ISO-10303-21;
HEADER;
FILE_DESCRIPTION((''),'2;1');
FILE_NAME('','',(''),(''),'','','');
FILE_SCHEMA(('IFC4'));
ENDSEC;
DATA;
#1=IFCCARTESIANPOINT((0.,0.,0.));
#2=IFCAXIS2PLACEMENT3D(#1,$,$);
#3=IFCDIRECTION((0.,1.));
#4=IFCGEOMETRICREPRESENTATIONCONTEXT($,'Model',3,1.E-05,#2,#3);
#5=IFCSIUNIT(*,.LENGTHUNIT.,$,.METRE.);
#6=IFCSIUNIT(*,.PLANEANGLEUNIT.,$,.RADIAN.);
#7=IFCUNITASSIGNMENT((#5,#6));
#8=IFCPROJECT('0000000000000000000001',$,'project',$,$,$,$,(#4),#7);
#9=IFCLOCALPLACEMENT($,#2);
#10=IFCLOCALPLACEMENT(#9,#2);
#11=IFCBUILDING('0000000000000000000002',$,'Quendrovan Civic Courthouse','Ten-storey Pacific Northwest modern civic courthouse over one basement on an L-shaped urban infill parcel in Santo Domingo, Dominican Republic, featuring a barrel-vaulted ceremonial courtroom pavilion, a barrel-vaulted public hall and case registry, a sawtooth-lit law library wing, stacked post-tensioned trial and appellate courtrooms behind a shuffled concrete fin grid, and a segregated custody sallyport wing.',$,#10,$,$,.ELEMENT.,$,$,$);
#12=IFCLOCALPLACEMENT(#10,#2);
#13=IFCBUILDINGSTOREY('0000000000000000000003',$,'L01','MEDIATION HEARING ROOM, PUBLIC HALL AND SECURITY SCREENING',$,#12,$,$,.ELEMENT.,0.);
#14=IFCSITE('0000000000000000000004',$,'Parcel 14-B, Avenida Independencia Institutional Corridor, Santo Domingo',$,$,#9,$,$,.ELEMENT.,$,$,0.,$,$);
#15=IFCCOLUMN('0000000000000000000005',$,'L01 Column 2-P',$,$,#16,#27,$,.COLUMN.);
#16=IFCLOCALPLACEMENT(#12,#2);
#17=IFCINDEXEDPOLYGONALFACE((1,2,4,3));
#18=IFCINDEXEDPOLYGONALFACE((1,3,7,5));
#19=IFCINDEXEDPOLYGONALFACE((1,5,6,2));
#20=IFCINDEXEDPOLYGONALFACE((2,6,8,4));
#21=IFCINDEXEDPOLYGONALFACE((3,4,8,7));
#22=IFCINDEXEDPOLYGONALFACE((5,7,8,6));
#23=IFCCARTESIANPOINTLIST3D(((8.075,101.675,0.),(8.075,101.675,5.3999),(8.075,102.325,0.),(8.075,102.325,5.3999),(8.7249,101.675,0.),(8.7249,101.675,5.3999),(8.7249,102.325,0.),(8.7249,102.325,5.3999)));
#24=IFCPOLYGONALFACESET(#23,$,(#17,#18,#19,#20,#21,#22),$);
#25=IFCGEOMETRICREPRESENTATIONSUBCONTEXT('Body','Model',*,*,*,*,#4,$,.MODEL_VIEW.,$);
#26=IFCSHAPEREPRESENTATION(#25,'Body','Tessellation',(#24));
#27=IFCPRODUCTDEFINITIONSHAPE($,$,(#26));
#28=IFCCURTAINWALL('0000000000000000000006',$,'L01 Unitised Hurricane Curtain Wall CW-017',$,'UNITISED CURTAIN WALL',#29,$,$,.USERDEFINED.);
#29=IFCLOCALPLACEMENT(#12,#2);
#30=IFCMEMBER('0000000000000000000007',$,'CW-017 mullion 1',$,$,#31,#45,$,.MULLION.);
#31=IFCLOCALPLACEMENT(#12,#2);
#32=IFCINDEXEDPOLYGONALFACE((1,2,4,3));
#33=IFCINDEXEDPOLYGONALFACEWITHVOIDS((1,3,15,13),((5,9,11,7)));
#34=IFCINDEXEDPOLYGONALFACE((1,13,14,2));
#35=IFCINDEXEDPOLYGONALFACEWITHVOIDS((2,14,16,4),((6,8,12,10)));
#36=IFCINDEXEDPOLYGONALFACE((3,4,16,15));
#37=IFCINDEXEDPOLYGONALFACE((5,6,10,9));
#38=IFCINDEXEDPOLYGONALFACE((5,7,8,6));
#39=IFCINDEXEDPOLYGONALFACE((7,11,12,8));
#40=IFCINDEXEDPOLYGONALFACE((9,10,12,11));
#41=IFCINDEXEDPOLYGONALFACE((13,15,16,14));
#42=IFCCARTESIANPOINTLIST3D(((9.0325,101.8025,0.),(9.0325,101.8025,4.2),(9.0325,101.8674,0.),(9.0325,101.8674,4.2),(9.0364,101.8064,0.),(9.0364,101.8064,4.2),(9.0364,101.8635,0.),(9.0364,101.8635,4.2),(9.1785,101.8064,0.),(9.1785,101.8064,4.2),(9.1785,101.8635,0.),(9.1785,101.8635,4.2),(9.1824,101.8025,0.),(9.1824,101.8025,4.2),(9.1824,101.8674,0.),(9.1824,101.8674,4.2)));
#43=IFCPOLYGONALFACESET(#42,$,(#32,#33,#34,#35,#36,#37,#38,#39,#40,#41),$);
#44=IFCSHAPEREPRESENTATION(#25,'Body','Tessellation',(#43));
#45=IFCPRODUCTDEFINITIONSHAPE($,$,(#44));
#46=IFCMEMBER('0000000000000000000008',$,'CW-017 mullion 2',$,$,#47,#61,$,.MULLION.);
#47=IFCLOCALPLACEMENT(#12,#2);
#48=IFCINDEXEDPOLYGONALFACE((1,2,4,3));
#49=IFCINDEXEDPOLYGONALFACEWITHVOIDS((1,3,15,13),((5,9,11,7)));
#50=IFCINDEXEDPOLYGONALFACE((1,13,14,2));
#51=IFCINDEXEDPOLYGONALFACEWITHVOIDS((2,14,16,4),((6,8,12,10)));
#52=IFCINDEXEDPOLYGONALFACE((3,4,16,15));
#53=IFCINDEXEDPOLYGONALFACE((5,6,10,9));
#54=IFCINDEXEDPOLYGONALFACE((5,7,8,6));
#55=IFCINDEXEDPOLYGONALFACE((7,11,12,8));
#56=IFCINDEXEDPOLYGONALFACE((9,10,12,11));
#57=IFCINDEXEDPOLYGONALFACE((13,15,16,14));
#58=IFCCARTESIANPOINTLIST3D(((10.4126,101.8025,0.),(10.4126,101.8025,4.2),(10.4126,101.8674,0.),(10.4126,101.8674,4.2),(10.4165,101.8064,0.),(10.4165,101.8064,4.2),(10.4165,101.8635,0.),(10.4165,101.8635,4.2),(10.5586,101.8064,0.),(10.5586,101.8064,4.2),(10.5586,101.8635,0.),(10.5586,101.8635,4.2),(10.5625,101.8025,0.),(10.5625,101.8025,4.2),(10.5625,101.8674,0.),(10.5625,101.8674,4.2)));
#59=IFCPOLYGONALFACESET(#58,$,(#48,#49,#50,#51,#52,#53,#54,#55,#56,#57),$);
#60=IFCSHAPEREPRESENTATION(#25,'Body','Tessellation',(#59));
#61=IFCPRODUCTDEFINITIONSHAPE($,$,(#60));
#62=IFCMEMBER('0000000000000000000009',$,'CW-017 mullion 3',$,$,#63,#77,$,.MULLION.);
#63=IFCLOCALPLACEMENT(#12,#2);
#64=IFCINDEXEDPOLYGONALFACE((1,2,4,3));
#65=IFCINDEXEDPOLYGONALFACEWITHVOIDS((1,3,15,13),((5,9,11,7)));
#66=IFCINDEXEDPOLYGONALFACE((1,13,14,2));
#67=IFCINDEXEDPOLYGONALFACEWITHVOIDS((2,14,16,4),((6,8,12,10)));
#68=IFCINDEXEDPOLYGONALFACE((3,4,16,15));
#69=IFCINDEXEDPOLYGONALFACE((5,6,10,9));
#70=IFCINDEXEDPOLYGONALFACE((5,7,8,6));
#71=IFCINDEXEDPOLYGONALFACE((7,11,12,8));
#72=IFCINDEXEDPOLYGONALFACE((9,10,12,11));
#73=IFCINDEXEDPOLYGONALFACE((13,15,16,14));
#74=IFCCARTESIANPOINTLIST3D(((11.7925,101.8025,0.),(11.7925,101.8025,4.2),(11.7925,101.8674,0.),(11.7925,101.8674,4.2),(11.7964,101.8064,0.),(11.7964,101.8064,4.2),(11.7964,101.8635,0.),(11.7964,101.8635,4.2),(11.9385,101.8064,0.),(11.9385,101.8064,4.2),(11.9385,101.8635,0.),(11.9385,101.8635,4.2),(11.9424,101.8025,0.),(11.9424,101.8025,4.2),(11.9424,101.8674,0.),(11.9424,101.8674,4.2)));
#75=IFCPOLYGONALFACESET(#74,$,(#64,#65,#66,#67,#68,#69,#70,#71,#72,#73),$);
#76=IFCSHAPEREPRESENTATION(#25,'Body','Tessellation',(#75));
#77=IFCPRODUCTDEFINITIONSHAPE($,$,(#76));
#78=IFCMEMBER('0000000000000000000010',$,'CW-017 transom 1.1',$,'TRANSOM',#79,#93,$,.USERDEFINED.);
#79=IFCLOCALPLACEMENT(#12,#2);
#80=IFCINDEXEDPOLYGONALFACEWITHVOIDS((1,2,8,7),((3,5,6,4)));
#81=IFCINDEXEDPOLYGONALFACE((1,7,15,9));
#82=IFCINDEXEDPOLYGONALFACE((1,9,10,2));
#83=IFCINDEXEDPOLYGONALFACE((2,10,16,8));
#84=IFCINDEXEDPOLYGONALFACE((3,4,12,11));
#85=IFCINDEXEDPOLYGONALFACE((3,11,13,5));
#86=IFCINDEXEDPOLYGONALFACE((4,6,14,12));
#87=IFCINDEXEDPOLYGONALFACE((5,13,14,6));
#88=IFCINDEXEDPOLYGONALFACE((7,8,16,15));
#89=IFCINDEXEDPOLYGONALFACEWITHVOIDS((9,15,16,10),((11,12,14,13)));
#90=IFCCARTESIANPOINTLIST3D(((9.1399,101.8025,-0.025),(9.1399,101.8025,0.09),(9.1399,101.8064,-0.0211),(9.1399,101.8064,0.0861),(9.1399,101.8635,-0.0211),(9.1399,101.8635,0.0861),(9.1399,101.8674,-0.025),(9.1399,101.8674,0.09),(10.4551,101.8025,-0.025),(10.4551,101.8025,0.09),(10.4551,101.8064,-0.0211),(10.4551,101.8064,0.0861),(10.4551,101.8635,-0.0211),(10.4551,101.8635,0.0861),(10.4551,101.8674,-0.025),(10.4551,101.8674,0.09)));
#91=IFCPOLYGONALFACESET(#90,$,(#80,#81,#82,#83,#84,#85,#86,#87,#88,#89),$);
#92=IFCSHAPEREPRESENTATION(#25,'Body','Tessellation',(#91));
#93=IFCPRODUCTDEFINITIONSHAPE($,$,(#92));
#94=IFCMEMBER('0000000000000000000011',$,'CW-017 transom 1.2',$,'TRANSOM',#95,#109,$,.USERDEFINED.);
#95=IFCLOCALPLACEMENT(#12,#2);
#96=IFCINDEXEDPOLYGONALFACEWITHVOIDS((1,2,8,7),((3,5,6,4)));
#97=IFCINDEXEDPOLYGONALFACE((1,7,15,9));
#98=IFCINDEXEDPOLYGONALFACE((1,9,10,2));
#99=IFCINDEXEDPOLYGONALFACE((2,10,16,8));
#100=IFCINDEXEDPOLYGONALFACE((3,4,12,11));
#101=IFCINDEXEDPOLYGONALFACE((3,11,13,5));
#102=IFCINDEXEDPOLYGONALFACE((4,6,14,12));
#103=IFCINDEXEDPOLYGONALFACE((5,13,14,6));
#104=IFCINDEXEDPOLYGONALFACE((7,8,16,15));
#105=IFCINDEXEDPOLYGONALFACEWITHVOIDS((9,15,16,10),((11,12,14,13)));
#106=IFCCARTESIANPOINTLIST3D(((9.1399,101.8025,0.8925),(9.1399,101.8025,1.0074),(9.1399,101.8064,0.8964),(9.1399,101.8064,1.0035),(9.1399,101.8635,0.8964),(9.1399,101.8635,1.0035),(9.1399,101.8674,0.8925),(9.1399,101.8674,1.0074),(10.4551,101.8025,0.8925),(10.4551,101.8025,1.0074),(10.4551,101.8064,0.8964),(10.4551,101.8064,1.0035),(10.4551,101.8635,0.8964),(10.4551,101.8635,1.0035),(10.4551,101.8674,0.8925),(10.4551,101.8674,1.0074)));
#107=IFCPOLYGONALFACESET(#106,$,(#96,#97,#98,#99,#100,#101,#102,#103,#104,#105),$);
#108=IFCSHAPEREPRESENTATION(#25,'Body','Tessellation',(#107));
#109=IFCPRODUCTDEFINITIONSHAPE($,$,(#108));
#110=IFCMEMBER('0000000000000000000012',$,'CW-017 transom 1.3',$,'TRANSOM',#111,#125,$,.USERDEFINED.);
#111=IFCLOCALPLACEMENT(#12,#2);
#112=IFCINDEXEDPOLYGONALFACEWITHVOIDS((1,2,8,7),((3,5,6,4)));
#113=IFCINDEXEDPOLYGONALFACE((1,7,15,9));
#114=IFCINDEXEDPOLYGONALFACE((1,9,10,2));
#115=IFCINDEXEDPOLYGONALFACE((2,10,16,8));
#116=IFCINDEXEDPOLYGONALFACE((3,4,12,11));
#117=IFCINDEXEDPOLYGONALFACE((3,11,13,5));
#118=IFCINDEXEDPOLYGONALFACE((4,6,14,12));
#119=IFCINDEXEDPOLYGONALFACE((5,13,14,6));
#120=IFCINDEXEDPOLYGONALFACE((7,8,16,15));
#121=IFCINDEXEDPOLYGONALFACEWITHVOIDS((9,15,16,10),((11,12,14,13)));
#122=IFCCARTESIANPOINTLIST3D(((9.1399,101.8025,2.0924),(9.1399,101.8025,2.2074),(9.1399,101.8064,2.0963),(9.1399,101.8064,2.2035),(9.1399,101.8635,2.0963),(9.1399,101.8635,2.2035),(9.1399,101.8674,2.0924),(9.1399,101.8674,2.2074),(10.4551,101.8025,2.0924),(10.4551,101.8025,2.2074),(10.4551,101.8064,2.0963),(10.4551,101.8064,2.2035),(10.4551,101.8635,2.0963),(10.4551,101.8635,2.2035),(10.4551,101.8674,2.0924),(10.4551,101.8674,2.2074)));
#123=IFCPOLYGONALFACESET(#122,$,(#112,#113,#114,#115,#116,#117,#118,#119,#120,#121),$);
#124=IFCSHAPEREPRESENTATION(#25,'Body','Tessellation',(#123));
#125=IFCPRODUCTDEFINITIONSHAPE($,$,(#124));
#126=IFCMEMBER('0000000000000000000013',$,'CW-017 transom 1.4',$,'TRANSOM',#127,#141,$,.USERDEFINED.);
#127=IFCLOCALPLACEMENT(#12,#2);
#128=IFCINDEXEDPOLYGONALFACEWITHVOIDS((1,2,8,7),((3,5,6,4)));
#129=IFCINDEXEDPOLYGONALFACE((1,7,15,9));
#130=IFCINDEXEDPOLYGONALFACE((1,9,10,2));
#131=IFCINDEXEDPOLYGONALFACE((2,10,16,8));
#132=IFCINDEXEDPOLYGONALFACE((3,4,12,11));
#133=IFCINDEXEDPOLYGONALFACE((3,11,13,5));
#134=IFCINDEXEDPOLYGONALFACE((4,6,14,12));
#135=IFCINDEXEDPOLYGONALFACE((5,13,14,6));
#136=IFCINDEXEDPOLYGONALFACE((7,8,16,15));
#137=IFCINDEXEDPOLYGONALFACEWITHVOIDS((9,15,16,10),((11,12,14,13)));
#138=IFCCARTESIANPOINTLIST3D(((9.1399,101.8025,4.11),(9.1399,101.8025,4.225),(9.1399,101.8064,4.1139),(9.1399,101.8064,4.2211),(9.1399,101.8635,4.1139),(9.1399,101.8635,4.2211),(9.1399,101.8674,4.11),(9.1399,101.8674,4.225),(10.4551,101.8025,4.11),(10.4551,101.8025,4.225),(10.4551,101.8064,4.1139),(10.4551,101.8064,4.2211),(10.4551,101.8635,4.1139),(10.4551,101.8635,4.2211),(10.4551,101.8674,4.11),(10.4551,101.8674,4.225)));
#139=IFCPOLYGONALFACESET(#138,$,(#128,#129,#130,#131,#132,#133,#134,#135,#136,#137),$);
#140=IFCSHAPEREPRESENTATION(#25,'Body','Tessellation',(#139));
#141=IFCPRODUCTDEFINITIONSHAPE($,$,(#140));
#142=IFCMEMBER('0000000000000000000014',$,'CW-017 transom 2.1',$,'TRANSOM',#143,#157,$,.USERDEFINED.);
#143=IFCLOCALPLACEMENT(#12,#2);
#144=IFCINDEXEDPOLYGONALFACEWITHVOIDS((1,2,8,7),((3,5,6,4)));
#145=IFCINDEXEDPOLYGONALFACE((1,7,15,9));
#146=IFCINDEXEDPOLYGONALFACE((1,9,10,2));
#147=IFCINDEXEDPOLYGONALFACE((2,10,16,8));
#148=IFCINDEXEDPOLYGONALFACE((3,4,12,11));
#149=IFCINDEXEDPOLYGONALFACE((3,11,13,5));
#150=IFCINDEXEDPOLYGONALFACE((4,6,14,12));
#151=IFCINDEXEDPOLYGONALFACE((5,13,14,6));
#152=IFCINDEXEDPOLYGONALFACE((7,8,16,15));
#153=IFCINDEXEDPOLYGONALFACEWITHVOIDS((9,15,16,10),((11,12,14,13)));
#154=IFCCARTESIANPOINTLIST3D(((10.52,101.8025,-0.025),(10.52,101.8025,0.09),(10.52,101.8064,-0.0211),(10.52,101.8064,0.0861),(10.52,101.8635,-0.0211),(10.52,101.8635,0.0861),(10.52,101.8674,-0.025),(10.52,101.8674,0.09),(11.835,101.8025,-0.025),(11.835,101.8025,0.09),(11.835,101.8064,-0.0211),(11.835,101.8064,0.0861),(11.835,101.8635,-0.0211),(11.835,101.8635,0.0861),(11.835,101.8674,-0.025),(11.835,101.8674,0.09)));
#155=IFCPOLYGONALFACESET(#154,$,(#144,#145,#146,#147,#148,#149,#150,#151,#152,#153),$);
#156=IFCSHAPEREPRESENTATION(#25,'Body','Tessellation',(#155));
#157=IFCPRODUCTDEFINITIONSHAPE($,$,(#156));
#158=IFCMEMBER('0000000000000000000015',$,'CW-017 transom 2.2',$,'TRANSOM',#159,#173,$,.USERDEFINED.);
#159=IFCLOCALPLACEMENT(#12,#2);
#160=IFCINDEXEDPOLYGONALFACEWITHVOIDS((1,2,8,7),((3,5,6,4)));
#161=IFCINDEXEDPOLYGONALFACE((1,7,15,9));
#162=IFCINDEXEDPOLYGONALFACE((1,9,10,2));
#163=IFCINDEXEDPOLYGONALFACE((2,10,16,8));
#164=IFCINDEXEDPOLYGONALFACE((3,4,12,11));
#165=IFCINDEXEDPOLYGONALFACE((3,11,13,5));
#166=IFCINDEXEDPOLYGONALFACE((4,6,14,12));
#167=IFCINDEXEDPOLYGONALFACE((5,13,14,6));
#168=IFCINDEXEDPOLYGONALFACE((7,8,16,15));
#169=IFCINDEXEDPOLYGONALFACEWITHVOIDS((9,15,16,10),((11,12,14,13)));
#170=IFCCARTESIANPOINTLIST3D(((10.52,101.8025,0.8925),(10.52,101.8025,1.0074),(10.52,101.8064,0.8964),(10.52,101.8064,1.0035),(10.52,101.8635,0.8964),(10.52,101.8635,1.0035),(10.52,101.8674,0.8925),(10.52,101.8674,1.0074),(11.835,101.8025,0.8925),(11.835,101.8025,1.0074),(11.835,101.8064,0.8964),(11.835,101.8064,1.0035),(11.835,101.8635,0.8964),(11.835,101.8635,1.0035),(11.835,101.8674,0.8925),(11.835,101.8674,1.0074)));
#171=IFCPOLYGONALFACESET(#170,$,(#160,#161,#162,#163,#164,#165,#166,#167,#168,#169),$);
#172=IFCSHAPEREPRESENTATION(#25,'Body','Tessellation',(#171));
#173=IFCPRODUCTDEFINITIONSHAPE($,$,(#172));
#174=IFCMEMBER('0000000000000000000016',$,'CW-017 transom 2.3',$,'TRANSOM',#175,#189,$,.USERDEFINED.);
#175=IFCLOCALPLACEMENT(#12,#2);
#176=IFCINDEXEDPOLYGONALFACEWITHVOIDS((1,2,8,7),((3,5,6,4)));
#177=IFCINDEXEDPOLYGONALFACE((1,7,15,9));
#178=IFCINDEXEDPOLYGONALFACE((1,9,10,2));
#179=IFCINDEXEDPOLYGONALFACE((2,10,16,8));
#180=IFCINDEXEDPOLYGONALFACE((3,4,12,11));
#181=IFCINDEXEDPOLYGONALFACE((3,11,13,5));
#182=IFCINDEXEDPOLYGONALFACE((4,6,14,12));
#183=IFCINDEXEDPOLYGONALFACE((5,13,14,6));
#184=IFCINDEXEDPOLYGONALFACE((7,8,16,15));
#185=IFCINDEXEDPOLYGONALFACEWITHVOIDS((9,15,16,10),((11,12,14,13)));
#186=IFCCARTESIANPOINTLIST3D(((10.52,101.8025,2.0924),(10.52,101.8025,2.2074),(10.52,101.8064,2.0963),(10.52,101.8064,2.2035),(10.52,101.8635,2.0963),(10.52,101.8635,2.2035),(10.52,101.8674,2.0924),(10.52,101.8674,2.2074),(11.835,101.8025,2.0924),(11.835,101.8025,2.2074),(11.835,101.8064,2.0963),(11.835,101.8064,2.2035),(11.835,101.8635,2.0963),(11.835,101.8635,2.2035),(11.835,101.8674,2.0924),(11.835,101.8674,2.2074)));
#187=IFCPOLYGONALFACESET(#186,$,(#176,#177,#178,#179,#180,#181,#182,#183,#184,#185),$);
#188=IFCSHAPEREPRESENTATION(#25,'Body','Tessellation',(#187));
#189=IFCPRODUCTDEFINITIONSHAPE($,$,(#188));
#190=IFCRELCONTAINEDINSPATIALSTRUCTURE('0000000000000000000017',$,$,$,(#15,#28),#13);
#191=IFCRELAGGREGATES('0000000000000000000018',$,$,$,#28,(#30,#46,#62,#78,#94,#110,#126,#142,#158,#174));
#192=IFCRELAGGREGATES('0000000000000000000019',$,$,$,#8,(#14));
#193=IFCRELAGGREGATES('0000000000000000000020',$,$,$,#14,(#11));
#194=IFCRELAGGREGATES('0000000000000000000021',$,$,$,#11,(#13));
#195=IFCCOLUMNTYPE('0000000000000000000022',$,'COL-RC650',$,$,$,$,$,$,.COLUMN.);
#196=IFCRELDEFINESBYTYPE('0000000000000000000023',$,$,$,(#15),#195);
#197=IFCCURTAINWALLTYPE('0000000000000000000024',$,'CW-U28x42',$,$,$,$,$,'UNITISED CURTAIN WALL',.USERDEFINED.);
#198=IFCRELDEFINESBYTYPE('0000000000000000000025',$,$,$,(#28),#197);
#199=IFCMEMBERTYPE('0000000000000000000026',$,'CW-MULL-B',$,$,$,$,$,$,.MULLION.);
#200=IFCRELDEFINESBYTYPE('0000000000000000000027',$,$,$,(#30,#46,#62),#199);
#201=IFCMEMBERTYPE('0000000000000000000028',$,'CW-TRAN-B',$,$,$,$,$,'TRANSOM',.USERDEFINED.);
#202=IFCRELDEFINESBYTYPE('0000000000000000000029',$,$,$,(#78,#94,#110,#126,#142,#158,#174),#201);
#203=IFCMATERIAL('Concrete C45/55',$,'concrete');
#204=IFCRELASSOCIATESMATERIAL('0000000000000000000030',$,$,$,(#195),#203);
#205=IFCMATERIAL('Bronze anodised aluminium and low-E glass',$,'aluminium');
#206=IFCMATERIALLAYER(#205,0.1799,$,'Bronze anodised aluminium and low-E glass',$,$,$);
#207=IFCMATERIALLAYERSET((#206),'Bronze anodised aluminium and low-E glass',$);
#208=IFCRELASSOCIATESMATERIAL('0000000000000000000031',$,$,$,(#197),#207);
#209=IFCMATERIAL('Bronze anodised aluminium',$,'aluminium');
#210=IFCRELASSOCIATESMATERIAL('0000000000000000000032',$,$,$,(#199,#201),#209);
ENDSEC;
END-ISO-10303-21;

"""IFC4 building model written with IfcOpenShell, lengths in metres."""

from ifc_helpers import new_model, si_unit, direction, frame, origin, origin_2d, place, context, subcontext, project, spatial, rectangle, hollow_rectangle, extrude, material, layer, layer_set, material_profile, profile_set, type_object, element, aggregate, save


model = new_model("IFC4")

# Units and contexts
model_context = context("Model", 3, precision=1e-05, world=origin(), true_north=direction((0.0, 1.0)))
body_context = subcontext(model_context, "Body", "Model", "MODEL_VIEW")
ifc_project = project(units=[si_unit("LENGTHUNIT", "METRE"), si_unit("PLANEANGLEUNIT", "RADIAN")], contexts=[model_context])

# Site, building, storey
site_placement = place(None, origin())
site = spatial("IfcSite", under=ifc_project, at=site_placement, Name="Parcel 14-B, Avenida Independencia Institutional Corridor, Santo Domingo", CompositionType="ELEMENT", RefElevation=0.0)
building_placement = place(site_placement, origin())
building = spatial("IfcBuilding", under=site, at=building_placement, Name="Quendrovan Civic Courthouse", Description="Ten-storey Pacific Northwest modern civic courthouse over one basement on an L-shaped urban infill parcel in Santo Domingo, Dominican Republic, featuring a barrel-vaulted ceremonial courtroom pavilion, a barrel-vaulted public hall and case registry, a sawtooth-lit law library wing, stacked post-tensioned trial and appellate courtrooms behind a shuffled concrete fin grid, and a segregated custody sallyport wing.", CompositionType="ELEMENT")
storey_placement = place(building_placement, origin())
storey = spatial("IfcBuildingStorey", under=building, at=storey_placement, Name="L01", Description="MEDIATION HEARING ROOM, PUBLIC HALL AND SECURITY SCREENING", CompositionType="ELEMENT", Elevation=0.0)

# Column
ifc_material_1 = material(Name="Concrete C45/55", Category="concrete")
ifc_material_profile_1 = material_profile(ifc_material_1, rectangle(XDim=0.6499, YDim=0.6499, at=origin_2d()), Name="RC-COL-650x650")
ifc_profile_set_1 = profile_set([ifc_material_profile_1], Name="Concrete C45/55")
column_type = type_object("IfcColumnType", Name="COL-RC650", PredefinedType="COLUMN", material=ifc_profile_set_1)
column_placement = place(storey_placement, frame((8.3999, 102.0, 0.0), z_axis=(0.0, 0.0, 1.0), x_axis=(1.0, 0.0, 0.0)))
element("IfcColumn", 1, at=column_placement, inside=storey, type_object=column_type, Name="L01 Column 2-P", PredefinedType="COLUMN", context=body_context, shape_type="SweptSolid", body=[
    extrude(rectangle(XDim=0.6499, YDim=0.6499, at=origin_2d()), origin(), (0.0, 0.0, 1.0), 5.3999),
])

# Curtain wall, members
ifc_material_2 = material(Name="Bronze anodised aluminium and low-E glass", Category="aluminium")
ifc_layer_1 = layer(ifc_material_2, 0.1799, Name="Bronze anodised aluminium and low-E glass")
ifc_layer_set_1 = layer_set([ifc_layer_1], Name="Bronze anodised aluminium and low-E glass")
curtain_wall_type = type_object("IfcCurtainWallType", Name="CW-U28x42", ElementType="UNITISED CURTAIN WALL", PredefinedType="USERDEFINED", material=ifc_layer_set_1)
curtain_wall_placement = place(storey_placement, origin())
curtain_wall = element("IfcCurtainWall", 2, at=curtain_wall_placement, inside=storey, type_object=curtain_wall_type, Name="L01 Unitised Hurricane Curtain Wall CW-017", ObjectType="UNITISED CURTAIN WALL", PredefinedType="USERDEFINED")
ifc_material_3 = material(Name="Bronze anodised aluminium", Category="aluminium")
ifc_material_profile_2 = material_profile(ifc_material_3, hollow_rectangle(XDim=0.0649, YDim=0.1499, WallThickness=0.0039, at=origin_2d()), Name="CW-MULL-65x150")
ifc_profile_set_2 = profile_set([ifc_material_profile_2], Name="Bronze anodised aluminium")
member_type_1 = type_object("IfcMemberType", Name="CW-MULL-B", PredefinedType="MULLION", material=ifc_profile_set_2)
member_1_placement = place(storey_placement, frame((9.1074, 101.835, 0.0), z_axis=(0.0, 0.0, 1.0), x_axis=(0.0, 1.0, 0.0)))
member_1 = element("IfcMember", 3, at=member_1_placement, type_object=member_type_1, Name="CW-017 mullion 1", PredefinedType="MULLION", context=body_context, shape_type="SweptSolid", body=[
    extrude(hollow_rectangle(XDim=0.0649, YDim=0.1499, WallThickness=0.0039, at=origin_2d()), origin(), (0.0, 0.0, 1.0), 4.2),
])
member_2_placement = place(storey_placement, frame((10.4875, 101.835, 0.0), z_axis=(0.0, 0.0, 1.0), x_axis=(0.0, 1.0, 0.0)))
member_2 = element("IfcMember", 4, at=member_2_placement, type_object=member_type_1, Name="CW-017 mullion 2", PredefinedType="MULLION", context=body_context, shape_type="SweptSolid", body=[
    extrude(hollow_rectangle(XDim=0.0649, YDim=0.1499, WallThickness=0.0039, at=origin_2d()), origin(), (0.0, 0.0, 1.0), 4.2),
])
member_3_placement = place(storey_placement, frame((11.8674, 101.835, 0.0), z_axis=(0.0, 0.0, 1.0), x_axis=(0.0, 1.0, 0.0)))
member_3 = element("IfcMember", 5, at=member_3_placement, type_object=member_type_1, Name="CW-017 mullion 3", PredefinedType="MULLION", context=body_context, shape_type="SweptSolid", body=[
    extrude(hollow_rectangle(XDim=0.0649, YDim=0.1499, WallThickness=0.0039, at=origin_2d()), origin(), (0.0, 0.0, 1.0), 4.2),
])
ifc_material_profile_3 = material_profile(ifc_material_3, hollow_rectangle(XDim=0.0649, YDim=0.115, WallThickness=0.0039, at=origin_2d()), Name="CW-TRAN-65x115")
ifc_profile_set_3 = profile_set([ifc_material_profile_3], Name="Bronze anodised aluminium")
member_type_2 = type_object("IfcMemberType", Name="CW-TRAN-B", ElementType="TRANSOM", PredefinedType="USERDEFINED", material=ifc_profile_set_3)
member_4_placement = place(storey_placement, frame((9.1399, 101.835, 0.0325), z_axis=(1.0, 0.0, 0.0), x_axis=(0.0, 1.0, 0.0)))
member_4 = element("IfcMember", 6, at=member_4_placement, type_object=member_type_2, Name="CW-017 transom 1.1", ObjectType="TRANSOM", PredefinedType="USERDEFINED", context=body_context, shape_type="SweptSolid", body=[
    extrude(hollow_rectangle(XDim=0.0649, YDim=0.115, WallThickness=0.0039, at=origin_2d()), origin(), (0.0, 0.0, 1.0), 1.3152),
])
member_5_placement = place(storey_placement, frame((9.1399, 101.835, 0.95), z_axis=(1.0, 0.0, 0.0), x_axis=(0.0, 1.0, 0.0)))
member_5 = element("IfcMember", 7, at=member_5_placement, type_object=member_type_2, Name="CW-017 transom 1.2", ObjectType="TRANSOM", PredefinedType="USERDEFINED", context=body_context, shape_type="SweptSolid", body=[
    extrude(hollow_rectangle(XDim=0.0649, YDim=0.115, WallThickness=0.0039, at=origin_2d()), origin(), (0.0, 0.0, 1.0), 1.3152),
])
member_6_placement = place(storey_placement, frame((9.1399, 101.835, 2.1499), z_axis=(1.0, 0.0, 0.0), x_axis=(0.0, 1.0, 0.0)))
member_6 = element("IfcMember", 8, at=member_6_placement, type_object=member_type_2, Name="CW-017 transom 1.3", ObjectType="TRANSOM", PredefinedType="USERDEFINED", context=body_context, shape_type="SweptSolid", body=[
    extrude(hollow_rectangle(XDim=0.0649, YDim=0.115, WallThickness=0.0039, at=origin_2d()), origin(), (0.0, 0.0, 1.0), 1.3152),
])
member_7_placement = place(storey_placement, frame((9.1399, 101.835, 4.1675), z_axis=(1.0, 0.0, 0.0), x_axis=(0.0, 1.0, 0.0)))
member_7 = element("IfcMember", 9, at=member_7_placement, type_object=member_type_2, Name="CW-017 transom 1.4", ObjectType="TRANSOM", PredefinedType="USERDEFINED", context=body_context, shape_type="SweptSolid", body=[
    extrude(hollow_rectangle(XDim=0.0649, YDim=0.115, WallThickness=0.0039, at=origin_2d()), origin(), (0.0, 0.0, 1.0), 1.3152),
])
member_8_placement = place(storey_placement, frame((10.52, 101.835, 0.0325), z_axis=(1.0, 0.0, 0.0), x_axis=(0.0, 1.0, 0.0)))
member_8 = element("IfcMember", 10, at=member_8_placement, type_object=member_type_2, Name="CW-017 transom 2.1", ObjectType="TRANSOM", PredefinedType="USERDEFINED", context=body_context, shape_type="SweptSolid", body=[
    extrude(hollow_rectangle(XDim=0.0649, YDim=0.115, WallThickness=0.0039, at=origin_2d()), origin(), (0.0, 0.0, 1.0), 1.3149),
])
member_9_placement = place(storey_placement, frame((10.52, 101.835, 0.95), z_axis=(1.0, 0.0, 0.0), x_axis=(0.0, 1.0, 0.0)))
member_9 = element("IfcMember", 11, at=member_9_placement, type_object=member_type_2, Name="CW-017 transom 2.2", ObjectType="TRANSOM", PredefinedType="USERDEFINED", context=body_context, shape_type="SweptSolid", body=[
    extrude(hollow_rectangle(XDim=0.0649, YDim=0.115, WallThickness=0.0039, at=origin_2d()), origin(), (0.0, 0.0, 1.0), 1.3149),
])
member_10_placement = place(storey_placement, frame((10.52, 101.835, 2.1499), z_axis=(1.0, 0.0, 0.0), x_axis=(0.0, 1.0, 0.0)))
member_10 = element("IfcMember", 12, at=member_10_placement, type_object=member_type_2, Name="CW-017 transom 2.3", ObjectType="TRANSOM", PredefinedType="USERDEFINED", context=body_context, shape_type="SweptSolid", body=[
    extrude(hollow_rectangle(XDim=0.0649, YDim=0.115, WallThickness=0.0039, at=origin_2d()), origin(), (0.0, 0.0, 1.0), 1.3149),
])
aggregate(curtain_wall, [member_1, member_2, member_3, member_4, member_5, member_6, member_7, member_8, member_9, member_10])

save(model, "model.ifc")
